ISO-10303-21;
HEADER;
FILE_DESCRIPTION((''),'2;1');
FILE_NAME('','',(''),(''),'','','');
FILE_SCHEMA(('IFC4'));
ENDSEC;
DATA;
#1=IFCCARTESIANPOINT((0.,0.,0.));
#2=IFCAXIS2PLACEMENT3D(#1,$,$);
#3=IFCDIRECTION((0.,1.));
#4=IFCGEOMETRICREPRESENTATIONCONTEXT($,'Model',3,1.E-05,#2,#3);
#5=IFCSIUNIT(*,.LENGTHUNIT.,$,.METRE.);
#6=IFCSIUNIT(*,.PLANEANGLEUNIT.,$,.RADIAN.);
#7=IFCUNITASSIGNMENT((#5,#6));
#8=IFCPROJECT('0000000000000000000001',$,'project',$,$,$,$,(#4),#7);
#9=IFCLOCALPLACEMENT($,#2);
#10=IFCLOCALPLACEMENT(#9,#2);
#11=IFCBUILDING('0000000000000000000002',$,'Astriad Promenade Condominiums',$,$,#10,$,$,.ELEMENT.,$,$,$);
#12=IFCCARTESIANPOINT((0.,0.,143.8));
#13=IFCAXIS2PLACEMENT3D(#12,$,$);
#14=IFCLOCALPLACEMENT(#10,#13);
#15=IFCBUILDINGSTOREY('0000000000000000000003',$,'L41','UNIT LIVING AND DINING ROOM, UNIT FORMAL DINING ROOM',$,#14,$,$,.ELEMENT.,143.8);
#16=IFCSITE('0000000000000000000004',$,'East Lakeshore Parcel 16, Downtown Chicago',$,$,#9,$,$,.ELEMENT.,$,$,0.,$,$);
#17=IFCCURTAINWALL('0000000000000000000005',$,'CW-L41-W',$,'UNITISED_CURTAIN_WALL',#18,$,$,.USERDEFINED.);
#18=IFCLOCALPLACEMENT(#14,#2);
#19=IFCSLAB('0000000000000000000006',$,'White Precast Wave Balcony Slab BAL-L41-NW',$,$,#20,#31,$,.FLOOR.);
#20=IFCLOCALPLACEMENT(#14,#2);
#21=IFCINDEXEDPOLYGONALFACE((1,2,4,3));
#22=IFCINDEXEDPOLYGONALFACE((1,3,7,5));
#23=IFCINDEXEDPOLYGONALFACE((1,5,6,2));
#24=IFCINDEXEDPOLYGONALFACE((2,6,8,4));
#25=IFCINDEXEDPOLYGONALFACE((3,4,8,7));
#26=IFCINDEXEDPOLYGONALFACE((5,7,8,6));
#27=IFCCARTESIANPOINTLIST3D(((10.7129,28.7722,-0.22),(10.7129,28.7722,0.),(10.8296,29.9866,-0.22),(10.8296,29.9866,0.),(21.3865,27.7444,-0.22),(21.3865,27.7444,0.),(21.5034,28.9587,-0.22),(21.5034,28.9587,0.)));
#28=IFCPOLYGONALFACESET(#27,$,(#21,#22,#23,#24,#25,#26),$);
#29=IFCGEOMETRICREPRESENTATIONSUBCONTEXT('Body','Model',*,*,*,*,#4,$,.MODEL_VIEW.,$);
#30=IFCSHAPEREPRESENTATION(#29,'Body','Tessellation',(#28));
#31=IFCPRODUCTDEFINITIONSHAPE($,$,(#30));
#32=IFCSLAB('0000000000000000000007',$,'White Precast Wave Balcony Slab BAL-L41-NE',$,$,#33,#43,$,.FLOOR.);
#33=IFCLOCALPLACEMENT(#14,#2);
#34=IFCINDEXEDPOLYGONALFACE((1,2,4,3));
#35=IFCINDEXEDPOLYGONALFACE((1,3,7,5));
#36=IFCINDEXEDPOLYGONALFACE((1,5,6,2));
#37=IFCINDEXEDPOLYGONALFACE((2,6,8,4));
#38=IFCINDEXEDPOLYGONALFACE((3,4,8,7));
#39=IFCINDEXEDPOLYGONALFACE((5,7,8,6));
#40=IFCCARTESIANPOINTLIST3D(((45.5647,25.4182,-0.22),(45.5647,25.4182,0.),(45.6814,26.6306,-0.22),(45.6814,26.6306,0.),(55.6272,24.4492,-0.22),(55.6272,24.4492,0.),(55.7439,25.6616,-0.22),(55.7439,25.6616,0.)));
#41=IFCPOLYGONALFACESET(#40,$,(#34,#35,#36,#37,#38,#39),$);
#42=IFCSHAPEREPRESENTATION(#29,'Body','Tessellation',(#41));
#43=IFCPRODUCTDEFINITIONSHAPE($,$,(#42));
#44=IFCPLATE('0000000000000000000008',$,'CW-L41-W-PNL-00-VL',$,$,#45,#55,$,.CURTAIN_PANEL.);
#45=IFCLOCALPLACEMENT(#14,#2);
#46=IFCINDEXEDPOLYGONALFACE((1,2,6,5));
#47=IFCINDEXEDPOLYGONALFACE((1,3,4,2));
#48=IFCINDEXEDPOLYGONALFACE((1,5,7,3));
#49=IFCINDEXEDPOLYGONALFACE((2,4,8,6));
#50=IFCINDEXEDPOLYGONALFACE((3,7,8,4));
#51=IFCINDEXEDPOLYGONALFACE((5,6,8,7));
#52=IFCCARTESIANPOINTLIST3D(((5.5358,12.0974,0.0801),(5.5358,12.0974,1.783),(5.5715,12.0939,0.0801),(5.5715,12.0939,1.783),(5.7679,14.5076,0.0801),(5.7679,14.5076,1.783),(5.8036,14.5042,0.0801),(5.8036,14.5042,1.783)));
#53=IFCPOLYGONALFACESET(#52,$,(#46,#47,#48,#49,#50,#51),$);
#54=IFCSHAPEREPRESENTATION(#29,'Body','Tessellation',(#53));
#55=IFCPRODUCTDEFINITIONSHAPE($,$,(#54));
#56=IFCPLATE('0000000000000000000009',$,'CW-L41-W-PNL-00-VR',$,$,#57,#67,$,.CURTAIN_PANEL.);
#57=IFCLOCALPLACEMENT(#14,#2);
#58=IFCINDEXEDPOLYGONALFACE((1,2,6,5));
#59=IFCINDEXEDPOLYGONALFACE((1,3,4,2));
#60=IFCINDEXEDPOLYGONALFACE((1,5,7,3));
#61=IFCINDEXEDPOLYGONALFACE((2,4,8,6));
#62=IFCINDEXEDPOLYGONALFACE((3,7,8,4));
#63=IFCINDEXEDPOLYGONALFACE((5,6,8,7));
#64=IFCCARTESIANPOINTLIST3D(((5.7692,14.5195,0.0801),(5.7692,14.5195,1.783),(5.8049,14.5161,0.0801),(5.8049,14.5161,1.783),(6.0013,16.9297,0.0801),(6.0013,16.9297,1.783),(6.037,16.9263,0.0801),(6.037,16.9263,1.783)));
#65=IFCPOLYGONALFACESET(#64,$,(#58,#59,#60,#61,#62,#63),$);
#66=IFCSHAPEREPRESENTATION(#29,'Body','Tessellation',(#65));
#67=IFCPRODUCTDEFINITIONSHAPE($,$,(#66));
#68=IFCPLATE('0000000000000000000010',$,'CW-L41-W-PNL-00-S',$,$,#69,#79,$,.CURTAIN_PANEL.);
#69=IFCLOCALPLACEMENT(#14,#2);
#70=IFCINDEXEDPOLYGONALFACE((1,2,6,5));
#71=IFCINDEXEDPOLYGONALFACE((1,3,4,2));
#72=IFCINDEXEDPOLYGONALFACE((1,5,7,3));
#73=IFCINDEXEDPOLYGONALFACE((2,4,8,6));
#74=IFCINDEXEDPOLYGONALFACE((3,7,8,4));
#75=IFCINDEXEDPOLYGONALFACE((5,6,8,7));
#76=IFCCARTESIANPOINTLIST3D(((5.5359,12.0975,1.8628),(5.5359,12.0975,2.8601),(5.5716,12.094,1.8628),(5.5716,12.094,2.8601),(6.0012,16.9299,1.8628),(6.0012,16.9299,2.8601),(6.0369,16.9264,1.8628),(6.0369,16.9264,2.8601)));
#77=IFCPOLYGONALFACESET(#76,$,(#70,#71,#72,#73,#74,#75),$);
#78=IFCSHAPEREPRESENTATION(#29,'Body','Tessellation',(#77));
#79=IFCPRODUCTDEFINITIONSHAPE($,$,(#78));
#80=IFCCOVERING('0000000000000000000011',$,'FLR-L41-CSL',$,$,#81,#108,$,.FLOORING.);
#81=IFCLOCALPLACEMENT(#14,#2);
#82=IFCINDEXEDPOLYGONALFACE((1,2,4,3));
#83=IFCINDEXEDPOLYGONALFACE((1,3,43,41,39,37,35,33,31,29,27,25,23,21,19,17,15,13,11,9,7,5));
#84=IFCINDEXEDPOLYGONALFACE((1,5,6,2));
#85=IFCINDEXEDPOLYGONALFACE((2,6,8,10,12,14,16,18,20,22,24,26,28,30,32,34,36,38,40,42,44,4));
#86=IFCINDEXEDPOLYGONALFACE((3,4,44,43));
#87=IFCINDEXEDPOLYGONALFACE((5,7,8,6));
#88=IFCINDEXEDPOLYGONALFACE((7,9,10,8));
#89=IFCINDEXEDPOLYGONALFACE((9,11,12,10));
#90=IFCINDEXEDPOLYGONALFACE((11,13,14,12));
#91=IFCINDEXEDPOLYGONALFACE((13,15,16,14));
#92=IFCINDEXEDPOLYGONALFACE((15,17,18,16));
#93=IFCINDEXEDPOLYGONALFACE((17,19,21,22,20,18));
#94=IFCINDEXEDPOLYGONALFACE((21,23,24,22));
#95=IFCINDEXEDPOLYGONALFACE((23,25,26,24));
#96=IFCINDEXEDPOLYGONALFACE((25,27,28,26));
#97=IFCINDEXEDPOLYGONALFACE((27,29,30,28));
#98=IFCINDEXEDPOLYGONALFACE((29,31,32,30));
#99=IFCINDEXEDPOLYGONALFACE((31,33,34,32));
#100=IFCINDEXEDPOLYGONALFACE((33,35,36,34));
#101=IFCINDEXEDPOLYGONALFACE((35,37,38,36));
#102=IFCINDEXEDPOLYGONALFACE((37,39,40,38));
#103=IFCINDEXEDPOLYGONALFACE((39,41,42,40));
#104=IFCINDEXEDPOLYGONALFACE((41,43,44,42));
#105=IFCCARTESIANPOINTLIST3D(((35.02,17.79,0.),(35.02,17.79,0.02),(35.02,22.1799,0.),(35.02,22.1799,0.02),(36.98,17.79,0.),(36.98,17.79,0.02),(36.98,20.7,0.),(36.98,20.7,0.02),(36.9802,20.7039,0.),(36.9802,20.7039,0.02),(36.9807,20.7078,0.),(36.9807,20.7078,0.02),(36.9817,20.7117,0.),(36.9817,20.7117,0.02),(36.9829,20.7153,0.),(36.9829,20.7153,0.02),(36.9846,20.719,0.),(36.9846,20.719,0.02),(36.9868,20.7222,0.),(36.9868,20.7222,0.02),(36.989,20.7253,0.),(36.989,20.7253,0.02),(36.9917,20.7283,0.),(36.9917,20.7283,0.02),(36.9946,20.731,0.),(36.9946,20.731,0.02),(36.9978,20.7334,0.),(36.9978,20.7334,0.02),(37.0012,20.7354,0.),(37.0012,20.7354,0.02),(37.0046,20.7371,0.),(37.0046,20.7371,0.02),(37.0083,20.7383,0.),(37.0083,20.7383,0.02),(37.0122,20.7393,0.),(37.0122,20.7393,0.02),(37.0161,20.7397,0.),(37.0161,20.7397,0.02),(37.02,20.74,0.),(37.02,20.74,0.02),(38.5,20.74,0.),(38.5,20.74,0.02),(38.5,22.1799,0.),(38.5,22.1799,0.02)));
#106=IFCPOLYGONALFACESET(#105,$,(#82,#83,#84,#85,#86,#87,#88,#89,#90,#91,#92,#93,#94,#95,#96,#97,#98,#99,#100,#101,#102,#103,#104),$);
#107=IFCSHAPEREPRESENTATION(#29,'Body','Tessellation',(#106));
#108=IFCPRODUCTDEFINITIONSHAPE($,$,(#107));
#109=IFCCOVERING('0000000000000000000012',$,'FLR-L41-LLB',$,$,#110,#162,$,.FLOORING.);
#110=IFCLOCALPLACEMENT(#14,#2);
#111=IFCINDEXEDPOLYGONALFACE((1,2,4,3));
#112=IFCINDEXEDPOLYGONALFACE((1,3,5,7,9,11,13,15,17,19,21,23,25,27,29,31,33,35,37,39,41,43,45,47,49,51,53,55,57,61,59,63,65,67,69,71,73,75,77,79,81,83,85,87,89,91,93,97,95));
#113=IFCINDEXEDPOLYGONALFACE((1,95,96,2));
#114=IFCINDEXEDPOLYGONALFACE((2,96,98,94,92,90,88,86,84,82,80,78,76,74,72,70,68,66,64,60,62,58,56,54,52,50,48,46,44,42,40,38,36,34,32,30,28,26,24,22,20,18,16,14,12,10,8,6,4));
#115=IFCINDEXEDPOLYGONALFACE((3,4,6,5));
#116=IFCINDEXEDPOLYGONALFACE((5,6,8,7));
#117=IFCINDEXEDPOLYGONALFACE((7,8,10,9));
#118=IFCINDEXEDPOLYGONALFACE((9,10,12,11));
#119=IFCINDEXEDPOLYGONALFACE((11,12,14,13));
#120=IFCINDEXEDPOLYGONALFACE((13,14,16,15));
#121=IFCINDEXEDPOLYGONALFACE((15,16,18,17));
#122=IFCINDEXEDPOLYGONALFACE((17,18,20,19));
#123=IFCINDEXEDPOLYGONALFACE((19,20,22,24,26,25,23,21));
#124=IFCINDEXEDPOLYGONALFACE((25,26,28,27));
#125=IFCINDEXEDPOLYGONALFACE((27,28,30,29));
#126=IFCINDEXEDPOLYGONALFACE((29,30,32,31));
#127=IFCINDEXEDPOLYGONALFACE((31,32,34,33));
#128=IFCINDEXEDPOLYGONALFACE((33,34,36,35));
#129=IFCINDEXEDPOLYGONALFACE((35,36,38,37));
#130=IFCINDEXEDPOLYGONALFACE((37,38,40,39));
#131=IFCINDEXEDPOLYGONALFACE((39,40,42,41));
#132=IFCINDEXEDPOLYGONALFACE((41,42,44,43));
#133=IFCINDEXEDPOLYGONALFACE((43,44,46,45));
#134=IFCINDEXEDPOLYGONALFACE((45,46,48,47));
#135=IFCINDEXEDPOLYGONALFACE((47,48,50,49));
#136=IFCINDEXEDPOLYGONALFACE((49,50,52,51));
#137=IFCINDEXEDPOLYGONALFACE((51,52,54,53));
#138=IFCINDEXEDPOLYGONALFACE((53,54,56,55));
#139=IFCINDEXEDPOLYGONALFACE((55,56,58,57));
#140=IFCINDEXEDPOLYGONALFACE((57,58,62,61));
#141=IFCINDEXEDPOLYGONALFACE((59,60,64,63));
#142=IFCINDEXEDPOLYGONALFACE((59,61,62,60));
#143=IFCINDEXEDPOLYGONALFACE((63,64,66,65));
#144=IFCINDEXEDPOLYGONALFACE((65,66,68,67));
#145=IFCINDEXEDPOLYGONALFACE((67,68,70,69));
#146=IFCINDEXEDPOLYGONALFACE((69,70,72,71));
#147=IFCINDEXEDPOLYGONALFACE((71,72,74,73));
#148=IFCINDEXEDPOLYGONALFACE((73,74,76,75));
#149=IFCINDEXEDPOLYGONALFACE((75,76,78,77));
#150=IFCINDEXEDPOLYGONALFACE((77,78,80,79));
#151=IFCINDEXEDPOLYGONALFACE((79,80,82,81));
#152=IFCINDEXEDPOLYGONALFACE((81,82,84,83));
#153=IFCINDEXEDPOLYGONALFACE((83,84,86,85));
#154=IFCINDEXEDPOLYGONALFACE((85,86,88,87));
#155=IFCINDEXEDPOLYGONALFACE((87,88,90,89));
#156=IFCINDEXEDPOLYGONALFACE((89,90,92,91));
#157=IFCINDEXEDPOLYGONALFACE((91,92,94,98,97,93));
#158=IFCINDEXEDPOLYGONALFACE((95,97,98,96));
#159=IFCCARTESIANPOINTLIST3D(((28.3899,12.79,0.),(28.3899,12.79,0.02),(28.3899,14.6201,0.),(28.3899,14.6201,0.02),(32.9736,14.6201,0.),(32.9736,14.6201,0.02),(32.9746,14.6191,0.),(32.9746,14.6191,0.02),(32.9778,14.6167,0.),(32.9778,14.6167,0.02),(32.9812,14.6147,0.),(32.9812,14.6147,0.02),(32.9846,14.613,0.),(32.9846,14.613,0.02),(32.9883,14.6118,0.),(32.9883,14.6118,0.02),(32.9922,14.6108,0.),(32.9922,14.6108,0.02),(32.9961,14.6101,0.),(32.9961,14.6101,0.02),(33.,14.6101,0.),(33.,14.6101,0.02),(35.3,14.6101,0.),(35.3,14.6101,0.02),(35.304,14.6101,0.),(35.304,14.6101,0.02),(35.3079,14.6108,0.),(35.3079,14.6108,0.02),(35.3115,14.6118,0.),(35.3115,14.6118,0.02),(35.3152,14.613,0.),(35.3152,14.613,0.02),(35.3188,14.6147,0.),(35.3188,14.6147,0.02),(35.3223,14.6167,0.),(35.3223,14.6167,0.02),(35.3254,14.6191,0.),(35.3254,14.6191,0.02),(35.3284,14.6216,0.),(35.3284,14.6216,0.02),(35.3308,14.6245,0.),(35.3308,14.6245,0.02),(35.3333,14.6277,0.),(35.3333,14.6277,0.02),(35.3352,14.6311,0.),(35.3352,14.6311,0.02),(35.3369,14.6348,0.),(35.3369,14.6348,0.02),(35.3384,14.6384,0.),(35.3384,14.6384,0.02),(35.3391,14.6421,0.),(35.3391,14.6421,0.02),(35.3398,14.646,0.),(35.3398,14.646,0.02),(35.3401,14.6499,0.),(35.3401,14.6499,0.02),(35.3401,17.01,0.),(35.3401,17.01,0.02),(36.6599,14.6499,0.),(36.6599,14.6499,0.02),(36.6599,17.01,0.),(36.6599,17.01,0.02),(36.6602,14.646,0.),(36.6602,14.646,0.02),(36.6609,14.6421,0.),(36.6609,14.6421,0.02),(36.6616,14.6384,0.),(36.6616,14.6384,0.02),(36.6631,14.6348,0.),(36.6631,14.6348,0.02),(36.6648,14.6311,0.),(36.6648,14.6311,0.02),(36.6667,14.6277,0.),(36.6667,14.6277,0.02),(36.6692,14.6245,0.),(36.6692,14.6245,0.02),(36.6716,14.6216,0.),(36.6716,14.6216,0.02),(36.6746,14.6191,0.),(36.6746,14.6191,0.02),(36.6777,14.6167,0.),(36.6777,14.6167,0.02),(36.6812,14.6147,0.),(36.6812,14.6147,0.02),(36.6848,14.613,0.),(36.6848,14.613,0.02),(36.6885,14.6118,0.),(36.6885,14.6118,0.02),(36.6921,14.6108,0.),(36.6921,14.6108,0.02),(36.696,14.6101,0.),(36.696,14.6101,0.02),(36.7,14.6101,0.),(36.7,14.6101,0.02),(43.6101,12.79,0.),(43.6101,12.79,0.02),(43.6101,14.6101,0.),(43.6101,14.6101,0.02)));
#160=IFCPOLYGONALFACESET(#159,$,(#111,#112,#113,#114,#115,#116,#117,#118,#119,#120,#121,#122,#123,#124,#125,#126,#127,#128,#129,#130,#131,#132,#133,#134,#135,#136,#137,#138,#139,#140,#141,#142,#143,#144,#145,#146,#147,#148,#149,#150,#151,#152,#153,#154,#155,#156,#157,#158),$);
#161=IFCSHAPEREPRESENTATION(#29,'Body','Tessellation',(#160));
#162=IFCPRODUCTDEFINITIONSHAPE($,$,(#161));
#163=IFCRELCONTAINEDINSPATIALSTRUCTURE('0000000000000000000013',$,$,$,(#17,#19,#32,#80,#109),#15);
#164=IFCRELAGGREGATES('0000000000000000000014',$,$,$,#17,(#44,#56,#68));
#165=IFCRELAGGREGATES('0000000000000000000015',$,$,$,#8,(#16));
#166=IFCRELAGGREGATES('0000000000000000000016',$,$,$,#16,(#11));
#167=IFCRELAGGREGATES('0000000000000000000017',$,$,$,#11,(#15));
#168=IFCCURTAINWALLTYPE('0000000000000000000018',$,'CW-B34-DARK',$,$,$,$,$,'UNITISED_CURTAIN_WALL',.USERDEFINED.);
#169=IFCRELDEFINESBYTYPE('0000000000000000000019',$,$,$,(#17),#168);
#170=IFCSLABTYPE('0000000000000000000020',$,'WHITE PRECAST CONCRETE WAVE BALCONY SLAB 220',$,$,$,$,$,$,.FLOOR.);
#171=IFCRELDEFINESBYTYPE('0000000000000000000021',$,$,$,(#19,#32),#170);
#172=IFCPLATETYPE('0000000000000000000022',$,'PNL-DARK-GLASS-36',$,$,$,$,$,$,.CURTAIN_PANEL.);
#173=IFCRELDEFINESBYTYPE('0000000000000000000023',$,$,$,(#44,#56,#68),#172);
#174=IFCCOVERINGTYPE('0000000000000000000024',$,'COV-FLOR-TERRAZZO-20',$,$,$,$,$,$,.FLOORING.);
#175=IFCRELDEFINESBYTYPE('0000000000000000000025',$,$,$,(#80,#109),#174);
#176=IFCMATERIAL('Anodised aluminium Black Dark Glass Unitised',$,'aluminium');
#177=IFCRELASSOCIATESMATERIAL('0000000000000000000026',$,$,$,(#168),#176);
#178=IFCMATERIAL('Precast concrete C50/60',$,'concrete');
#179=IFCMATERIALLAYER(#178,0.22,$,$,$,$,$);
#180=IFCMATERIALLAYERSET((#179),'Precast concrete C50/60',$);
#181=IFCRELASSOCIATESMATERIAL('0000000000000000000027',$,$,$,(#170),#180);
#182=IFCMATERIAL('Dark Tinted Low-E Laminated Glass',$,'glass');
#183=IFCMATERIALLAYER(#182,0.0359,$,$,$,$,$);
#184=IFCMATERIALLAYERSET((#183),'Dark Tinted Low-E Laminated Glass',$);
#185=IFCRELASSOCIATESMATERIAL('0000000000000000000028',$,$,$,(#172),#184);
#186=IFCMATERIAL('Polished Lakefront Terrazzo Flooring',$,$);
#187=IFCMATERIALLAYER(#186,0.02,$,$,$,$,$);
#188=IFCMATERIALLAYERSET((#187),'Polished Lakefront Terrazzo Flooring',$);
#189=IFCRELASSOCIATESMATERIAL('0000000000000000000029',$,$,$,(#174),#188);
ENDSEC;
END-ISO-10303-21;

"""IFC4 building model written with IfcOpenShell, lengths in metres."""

from ifc_helpers import new_model, si_unit, direction, frame, origin, origin_2d, place, context, subcontext, project, spatial, polyline, rectangle, outline, extrude, source, transform, mapped, material, layer, layer_set, type_object, type_shapes, element, aggregate, save


model = new_model("IFC4")

# Units and contexts
model_context = context("Model", 3, precision=1e-05, world=origin(), true_north=direction((0.0, 1.0)))
body_context = subcontext(model_context, "Body", "Model", "MODEL_VIEW")
ifc_project = project(units=[si_unit("LENGTHUNIT", "METRE"), si_unit("PLANEANGLEUNIT", "RADIAN")], contexts=[model_context])

# Site, building, storey
site_placement = place(None, origin())
site = spatial("IfcSite", under=ifc_project, at=site_placement, Name="East Lakeshore Parcel 16, Downtown Chicago", CompositionType="ELEMENT", RefElevation=0.0)
building_placement = place(site_placement, origin())
building = spatial("IfcBuilding", under=site, at=building_placement, Name="Astriad Promenade Condominiums", CompositionType="ELEMENT")
storey_placement = place(building_placement, frame((0.0, 0.0, 143.8)))
storey = spatial("IfcBuildingStorey", under=building, at=storey_placement, Name="L41", Description="UNIT LIVING AND DINING ROOM, UNIT FORMAL DINING ROOM", CompositionType="ELEMENT", Elevation=143.8)

# Curtain wall
ifc_material_1 = material(Name="Anodised aluminium Black Dark Glass Unitised", Category="aluminium")
curtain_wall_type = type_object("IfcCurtainWallType", Name="CW-B34-DARK", ElementType="UNITISED_CURTAIN_WALL", PredefinedType="USERDEFINED", material=ifc_material_1)
curtain_wall_placement = place(storey_placement, origin())
curtain_wall = element("IfcCurtainWall", 1, at=curtain_wall_placement, inside=storey, type_object=curtain_wall_type, Name="CW-L41-W", ObjectType="UNITISED_CURTAIN_WALL", PredefinedType="USERDEFINED")

# Slabs
ifc_material_2 = material(Name="Precast concrete C50/60", Category="concrete")
ifc_layer_1 = layer(ifc_material_2, 0.22)
ifc_layer_set_1 = layer_set([ifc_layer_1], Name="Precast concrete C50/60")
slab_type_1 = type_object("IfcSlabType", Name="WHITE PRECAST CONCRETE WAVE BALCONY SLAB 220", PredefinedType="FLOOR", material=ifc_layer_set_1)
slab_1_placement = place(storey_placement, frame((0.0, 0.0, -0.22)))
element("IfcSlab", 2, at=slab_1_placement, inside=storey, type_object=slab_type_1, Name="White Precast Wave Balcony Slab BAL-L41-NW", PredefinedType="FLOOR", context=body_context, shape_type="SweptSolid", body=[
    extrude(outline(polyline([(10.7129, 28.7722), (21.3865, 27.7444), (21.5034, 28.9587), (10.8296, 29.9866), (10.7129, 28.7722)])), origin(), (0.0, 0.0, 1.0), 0.22),
])
slab_2_placement = place(storey_placement, frame((0.0, 0.0, -0.22)))
element("IfcSlab", 3, at=slab_2_placement, inside=storey, type_object=slab_type_1, Name="White Precast Wave Balcony Slab BAL-L41-NE", PredefinedType="FLOOR", context=body_context, shape_type="SweptSolid", body=[
    extrude(outline(polyline([(45.6814, 26.6306), (55.7439, 25.6616), (55.6272, 24.4492), (45.5647, 25.4182), (45.6814, 26.6306)])), origin(), (0.0, 0.0, 1.0), 0.22),
])

# Plates
ifc_material_3 = material(Name="Dark Tinted Low-E Laminated Glass", Category="glass")
ifc_layer_2 = layer(ifc_material_3, 0.0359)
ifc_layer_set_2 = layer_set([ifc_layer_2], Name="Dark Tinted Low-E Laminated Glass")
plate_type = type_object("IfcPlateType", Name="PNL-DARK-GLASS-36", PredefinedType="CURTAIN_PANEL", material=ifc_layer_set_2)
shared_shape_1 = source(origin(), body_context, "Body", "SweptSolid", [
    extrude(rectangle(XDim=2.4214, YDim=0.0359, at=origin_2d()), origin(), (0.0, 0.0, 1.0), 1.7029),
])
plate_1_placement = place(storey_placement, frame((5.6697, 13.3008, 0.0801), z_axis=(0.0, 0.0, 1.0), x_axis=(0.095846, 0.995396, 0.0)))
plate_1 = element("IfcPlate", 4, at=plate_1_placement, type_object=plate_type, Name="CW-L41-W-PNL-00-VL", PredefinedType="CURTAIN_PANEL", context=body_context, shape_type="MappedRepresentation", body=[
    mapped(shared_shape_1, transform((0.0, 0.0, 0.0), scale=1.0)),
])
plate_2_placement = place(storey_placement, frame((5.9031, 15.7229, 0.0801), z_axis=(0.0, 0.0, 1.0), x_axis=(0.095846, 0.995396, 0.0)))
plate_2 = element("IfcPlate", 5, at=plate_2_placement, type_object=plate_type, Name="CW-L41-W-PNL-00-VR", PredefinedType="CURTAIN_PANEL", context=body_context, shape_type="MappedRepresentation", body=[
    mapped(shared_shape_1, transform((0.0, 0.0, 0.0), scale=1.0)),
])
shared_shape_2 = source(origin(), body_context, "Body", "SweptSolid", [
    extrude(rectangle(XDim=4.8547, YDim=0.0359, at=origin_2d()), origin(), (0.0, 0.0, 1.0), 0.9973),
])
type_shapes(plate_type, [shared_shape_1, shared_shape_2])
plate_3_placement = place(storey_placement, frame((5.7864, 14.512, 1.8628), z_axis=(0.0, 0.0, 1.0), x_axis=(0.095846, 0.995396, 0.0)))
plate_3 = element("IfcPlate", 6, at=plate_3_placement, type_object=plate_type, Name="CW-L41-W-PNL-00-S", PredefinedType="CURTAIN_PANEL", context=body_context, shape_type="MappedRepresentation", body=[
    mapped(shared_shape_2, transform((0.0, 0.0, 0.0), scale=1.0)),
])
aggregate(curtain_wall, [plate_1, plate_2, plate_3])

# Coverings
ifc_material_4 = material(Name="Polished Lakefront Terrazzo Flooring")
ifc_layer_3 = layer(ifc_material_4, 0.02)
ifc_layer_set_3 = layer_set([ifc_layer_3], Name="Polished Lakefront Terrazzo Flooring")
covering_type = type_object("IfcCoveringType", Name="COV-FLOR-TERRAZZO-20", PredefinedType="FLOORING", material=ifc_layer_set_3)
covering_1_placement = place(storey_placement, origin())
element("IfcCovering", 7, at=covering_1_placement, inside=storey, type_object=covering_type, Name="FLR-L41-CSL", PredefinedType="FLOORING", context=body_context, shape_type="SweptSolid", body=[
    extrude(outline(polyline([(36.98, 20.7), (36.98, 17.79), (35.02, 17.79), (35.02, 22.1799), (38.5, 22.1799), (38.5, 20.74), (37.02, 20.74), (37.0161, 20.7397), (37.0122, 20.7393), (37.0083, 20.7383), (37.0046, 20.7371), (37.0012, 20.7354), (36.9978, 20.7334), (36.9946, 20.731), (36.9917, 20.7283), (36.989, 20.7253), (36.9868, 20.7222), (36.9846, 20.719), (36.9829, 20.7153), (36.9817, 20.7117), (36.9807, 20.7078), (36.9802, 20.7039), (36.98, 20.7)])), origin(), (0.0, 0.0, 1.0), 0.02),
])
covering_2_placement = place(storey_placement, origin())
element("IfcCovering", 8, at=covering_2_placement, inside=storey, type_object=covering_type, Name="FLR-L41-LLB", PredefinedType="FLOORING", context=body_context, shape_type="SweptSolid", body=[
    extrude(outline(polyline([(32.9736, 14.6201), (32.9746, 14.6191), (32.9778, 14.6167), (32.9812, 14.6147), (32.9846, 14.613), (32.9883, 14.6118), (32.9922, 14.6108), (32.9961, 14.6101), (33.0, 14.6101), (35.3, 14.6101), (35.304, 14.6101), (35.3079, 14.6108), (35.3115, 14.6118), (35.3152, 14.613), (35.3188, 14.6147), (35.3223, 14.6167), (35.3254, 14.6191), (35.3284, 14.6216), (35.3308, 14.6245), (35.3333, 14.6277), (35.3352, 14.6311), (35.3369, 14.6348), (35.3384, 14.6384), (35.3391, 14.6421), (35.3398, 14.646), (35.3401, 14.6499), (35.3401, 17.01), (36.6599, 17.01), (36.6599, 14.6499), (36.6602, 14.646), (36.6609, 14.6421), (36.6616, 14.6384), (36.6631, 14.6348), (36.6648, 14.6311), (36.6667, 14.6277), (36.6692, 14.6245), (36.6716, 14.6216), (36.6746, 14.6191), (36.6777, 14.6167), (36.6812, 14.6147), (36.6848, 14.613), (36.6885, 14.6118), (36.6921, 14.6108), (36.696, 14.6101), (36.7, 14.6101), (43.6101, 14.6101), (43.6101, 12.79), (28.3899, 12.79), (28.3899, 14.6201), (32.9736, 14.6201)])), origin(), (0.0, 0.0, 1.0), 0.02),
])

save(model, "model.ifc")
